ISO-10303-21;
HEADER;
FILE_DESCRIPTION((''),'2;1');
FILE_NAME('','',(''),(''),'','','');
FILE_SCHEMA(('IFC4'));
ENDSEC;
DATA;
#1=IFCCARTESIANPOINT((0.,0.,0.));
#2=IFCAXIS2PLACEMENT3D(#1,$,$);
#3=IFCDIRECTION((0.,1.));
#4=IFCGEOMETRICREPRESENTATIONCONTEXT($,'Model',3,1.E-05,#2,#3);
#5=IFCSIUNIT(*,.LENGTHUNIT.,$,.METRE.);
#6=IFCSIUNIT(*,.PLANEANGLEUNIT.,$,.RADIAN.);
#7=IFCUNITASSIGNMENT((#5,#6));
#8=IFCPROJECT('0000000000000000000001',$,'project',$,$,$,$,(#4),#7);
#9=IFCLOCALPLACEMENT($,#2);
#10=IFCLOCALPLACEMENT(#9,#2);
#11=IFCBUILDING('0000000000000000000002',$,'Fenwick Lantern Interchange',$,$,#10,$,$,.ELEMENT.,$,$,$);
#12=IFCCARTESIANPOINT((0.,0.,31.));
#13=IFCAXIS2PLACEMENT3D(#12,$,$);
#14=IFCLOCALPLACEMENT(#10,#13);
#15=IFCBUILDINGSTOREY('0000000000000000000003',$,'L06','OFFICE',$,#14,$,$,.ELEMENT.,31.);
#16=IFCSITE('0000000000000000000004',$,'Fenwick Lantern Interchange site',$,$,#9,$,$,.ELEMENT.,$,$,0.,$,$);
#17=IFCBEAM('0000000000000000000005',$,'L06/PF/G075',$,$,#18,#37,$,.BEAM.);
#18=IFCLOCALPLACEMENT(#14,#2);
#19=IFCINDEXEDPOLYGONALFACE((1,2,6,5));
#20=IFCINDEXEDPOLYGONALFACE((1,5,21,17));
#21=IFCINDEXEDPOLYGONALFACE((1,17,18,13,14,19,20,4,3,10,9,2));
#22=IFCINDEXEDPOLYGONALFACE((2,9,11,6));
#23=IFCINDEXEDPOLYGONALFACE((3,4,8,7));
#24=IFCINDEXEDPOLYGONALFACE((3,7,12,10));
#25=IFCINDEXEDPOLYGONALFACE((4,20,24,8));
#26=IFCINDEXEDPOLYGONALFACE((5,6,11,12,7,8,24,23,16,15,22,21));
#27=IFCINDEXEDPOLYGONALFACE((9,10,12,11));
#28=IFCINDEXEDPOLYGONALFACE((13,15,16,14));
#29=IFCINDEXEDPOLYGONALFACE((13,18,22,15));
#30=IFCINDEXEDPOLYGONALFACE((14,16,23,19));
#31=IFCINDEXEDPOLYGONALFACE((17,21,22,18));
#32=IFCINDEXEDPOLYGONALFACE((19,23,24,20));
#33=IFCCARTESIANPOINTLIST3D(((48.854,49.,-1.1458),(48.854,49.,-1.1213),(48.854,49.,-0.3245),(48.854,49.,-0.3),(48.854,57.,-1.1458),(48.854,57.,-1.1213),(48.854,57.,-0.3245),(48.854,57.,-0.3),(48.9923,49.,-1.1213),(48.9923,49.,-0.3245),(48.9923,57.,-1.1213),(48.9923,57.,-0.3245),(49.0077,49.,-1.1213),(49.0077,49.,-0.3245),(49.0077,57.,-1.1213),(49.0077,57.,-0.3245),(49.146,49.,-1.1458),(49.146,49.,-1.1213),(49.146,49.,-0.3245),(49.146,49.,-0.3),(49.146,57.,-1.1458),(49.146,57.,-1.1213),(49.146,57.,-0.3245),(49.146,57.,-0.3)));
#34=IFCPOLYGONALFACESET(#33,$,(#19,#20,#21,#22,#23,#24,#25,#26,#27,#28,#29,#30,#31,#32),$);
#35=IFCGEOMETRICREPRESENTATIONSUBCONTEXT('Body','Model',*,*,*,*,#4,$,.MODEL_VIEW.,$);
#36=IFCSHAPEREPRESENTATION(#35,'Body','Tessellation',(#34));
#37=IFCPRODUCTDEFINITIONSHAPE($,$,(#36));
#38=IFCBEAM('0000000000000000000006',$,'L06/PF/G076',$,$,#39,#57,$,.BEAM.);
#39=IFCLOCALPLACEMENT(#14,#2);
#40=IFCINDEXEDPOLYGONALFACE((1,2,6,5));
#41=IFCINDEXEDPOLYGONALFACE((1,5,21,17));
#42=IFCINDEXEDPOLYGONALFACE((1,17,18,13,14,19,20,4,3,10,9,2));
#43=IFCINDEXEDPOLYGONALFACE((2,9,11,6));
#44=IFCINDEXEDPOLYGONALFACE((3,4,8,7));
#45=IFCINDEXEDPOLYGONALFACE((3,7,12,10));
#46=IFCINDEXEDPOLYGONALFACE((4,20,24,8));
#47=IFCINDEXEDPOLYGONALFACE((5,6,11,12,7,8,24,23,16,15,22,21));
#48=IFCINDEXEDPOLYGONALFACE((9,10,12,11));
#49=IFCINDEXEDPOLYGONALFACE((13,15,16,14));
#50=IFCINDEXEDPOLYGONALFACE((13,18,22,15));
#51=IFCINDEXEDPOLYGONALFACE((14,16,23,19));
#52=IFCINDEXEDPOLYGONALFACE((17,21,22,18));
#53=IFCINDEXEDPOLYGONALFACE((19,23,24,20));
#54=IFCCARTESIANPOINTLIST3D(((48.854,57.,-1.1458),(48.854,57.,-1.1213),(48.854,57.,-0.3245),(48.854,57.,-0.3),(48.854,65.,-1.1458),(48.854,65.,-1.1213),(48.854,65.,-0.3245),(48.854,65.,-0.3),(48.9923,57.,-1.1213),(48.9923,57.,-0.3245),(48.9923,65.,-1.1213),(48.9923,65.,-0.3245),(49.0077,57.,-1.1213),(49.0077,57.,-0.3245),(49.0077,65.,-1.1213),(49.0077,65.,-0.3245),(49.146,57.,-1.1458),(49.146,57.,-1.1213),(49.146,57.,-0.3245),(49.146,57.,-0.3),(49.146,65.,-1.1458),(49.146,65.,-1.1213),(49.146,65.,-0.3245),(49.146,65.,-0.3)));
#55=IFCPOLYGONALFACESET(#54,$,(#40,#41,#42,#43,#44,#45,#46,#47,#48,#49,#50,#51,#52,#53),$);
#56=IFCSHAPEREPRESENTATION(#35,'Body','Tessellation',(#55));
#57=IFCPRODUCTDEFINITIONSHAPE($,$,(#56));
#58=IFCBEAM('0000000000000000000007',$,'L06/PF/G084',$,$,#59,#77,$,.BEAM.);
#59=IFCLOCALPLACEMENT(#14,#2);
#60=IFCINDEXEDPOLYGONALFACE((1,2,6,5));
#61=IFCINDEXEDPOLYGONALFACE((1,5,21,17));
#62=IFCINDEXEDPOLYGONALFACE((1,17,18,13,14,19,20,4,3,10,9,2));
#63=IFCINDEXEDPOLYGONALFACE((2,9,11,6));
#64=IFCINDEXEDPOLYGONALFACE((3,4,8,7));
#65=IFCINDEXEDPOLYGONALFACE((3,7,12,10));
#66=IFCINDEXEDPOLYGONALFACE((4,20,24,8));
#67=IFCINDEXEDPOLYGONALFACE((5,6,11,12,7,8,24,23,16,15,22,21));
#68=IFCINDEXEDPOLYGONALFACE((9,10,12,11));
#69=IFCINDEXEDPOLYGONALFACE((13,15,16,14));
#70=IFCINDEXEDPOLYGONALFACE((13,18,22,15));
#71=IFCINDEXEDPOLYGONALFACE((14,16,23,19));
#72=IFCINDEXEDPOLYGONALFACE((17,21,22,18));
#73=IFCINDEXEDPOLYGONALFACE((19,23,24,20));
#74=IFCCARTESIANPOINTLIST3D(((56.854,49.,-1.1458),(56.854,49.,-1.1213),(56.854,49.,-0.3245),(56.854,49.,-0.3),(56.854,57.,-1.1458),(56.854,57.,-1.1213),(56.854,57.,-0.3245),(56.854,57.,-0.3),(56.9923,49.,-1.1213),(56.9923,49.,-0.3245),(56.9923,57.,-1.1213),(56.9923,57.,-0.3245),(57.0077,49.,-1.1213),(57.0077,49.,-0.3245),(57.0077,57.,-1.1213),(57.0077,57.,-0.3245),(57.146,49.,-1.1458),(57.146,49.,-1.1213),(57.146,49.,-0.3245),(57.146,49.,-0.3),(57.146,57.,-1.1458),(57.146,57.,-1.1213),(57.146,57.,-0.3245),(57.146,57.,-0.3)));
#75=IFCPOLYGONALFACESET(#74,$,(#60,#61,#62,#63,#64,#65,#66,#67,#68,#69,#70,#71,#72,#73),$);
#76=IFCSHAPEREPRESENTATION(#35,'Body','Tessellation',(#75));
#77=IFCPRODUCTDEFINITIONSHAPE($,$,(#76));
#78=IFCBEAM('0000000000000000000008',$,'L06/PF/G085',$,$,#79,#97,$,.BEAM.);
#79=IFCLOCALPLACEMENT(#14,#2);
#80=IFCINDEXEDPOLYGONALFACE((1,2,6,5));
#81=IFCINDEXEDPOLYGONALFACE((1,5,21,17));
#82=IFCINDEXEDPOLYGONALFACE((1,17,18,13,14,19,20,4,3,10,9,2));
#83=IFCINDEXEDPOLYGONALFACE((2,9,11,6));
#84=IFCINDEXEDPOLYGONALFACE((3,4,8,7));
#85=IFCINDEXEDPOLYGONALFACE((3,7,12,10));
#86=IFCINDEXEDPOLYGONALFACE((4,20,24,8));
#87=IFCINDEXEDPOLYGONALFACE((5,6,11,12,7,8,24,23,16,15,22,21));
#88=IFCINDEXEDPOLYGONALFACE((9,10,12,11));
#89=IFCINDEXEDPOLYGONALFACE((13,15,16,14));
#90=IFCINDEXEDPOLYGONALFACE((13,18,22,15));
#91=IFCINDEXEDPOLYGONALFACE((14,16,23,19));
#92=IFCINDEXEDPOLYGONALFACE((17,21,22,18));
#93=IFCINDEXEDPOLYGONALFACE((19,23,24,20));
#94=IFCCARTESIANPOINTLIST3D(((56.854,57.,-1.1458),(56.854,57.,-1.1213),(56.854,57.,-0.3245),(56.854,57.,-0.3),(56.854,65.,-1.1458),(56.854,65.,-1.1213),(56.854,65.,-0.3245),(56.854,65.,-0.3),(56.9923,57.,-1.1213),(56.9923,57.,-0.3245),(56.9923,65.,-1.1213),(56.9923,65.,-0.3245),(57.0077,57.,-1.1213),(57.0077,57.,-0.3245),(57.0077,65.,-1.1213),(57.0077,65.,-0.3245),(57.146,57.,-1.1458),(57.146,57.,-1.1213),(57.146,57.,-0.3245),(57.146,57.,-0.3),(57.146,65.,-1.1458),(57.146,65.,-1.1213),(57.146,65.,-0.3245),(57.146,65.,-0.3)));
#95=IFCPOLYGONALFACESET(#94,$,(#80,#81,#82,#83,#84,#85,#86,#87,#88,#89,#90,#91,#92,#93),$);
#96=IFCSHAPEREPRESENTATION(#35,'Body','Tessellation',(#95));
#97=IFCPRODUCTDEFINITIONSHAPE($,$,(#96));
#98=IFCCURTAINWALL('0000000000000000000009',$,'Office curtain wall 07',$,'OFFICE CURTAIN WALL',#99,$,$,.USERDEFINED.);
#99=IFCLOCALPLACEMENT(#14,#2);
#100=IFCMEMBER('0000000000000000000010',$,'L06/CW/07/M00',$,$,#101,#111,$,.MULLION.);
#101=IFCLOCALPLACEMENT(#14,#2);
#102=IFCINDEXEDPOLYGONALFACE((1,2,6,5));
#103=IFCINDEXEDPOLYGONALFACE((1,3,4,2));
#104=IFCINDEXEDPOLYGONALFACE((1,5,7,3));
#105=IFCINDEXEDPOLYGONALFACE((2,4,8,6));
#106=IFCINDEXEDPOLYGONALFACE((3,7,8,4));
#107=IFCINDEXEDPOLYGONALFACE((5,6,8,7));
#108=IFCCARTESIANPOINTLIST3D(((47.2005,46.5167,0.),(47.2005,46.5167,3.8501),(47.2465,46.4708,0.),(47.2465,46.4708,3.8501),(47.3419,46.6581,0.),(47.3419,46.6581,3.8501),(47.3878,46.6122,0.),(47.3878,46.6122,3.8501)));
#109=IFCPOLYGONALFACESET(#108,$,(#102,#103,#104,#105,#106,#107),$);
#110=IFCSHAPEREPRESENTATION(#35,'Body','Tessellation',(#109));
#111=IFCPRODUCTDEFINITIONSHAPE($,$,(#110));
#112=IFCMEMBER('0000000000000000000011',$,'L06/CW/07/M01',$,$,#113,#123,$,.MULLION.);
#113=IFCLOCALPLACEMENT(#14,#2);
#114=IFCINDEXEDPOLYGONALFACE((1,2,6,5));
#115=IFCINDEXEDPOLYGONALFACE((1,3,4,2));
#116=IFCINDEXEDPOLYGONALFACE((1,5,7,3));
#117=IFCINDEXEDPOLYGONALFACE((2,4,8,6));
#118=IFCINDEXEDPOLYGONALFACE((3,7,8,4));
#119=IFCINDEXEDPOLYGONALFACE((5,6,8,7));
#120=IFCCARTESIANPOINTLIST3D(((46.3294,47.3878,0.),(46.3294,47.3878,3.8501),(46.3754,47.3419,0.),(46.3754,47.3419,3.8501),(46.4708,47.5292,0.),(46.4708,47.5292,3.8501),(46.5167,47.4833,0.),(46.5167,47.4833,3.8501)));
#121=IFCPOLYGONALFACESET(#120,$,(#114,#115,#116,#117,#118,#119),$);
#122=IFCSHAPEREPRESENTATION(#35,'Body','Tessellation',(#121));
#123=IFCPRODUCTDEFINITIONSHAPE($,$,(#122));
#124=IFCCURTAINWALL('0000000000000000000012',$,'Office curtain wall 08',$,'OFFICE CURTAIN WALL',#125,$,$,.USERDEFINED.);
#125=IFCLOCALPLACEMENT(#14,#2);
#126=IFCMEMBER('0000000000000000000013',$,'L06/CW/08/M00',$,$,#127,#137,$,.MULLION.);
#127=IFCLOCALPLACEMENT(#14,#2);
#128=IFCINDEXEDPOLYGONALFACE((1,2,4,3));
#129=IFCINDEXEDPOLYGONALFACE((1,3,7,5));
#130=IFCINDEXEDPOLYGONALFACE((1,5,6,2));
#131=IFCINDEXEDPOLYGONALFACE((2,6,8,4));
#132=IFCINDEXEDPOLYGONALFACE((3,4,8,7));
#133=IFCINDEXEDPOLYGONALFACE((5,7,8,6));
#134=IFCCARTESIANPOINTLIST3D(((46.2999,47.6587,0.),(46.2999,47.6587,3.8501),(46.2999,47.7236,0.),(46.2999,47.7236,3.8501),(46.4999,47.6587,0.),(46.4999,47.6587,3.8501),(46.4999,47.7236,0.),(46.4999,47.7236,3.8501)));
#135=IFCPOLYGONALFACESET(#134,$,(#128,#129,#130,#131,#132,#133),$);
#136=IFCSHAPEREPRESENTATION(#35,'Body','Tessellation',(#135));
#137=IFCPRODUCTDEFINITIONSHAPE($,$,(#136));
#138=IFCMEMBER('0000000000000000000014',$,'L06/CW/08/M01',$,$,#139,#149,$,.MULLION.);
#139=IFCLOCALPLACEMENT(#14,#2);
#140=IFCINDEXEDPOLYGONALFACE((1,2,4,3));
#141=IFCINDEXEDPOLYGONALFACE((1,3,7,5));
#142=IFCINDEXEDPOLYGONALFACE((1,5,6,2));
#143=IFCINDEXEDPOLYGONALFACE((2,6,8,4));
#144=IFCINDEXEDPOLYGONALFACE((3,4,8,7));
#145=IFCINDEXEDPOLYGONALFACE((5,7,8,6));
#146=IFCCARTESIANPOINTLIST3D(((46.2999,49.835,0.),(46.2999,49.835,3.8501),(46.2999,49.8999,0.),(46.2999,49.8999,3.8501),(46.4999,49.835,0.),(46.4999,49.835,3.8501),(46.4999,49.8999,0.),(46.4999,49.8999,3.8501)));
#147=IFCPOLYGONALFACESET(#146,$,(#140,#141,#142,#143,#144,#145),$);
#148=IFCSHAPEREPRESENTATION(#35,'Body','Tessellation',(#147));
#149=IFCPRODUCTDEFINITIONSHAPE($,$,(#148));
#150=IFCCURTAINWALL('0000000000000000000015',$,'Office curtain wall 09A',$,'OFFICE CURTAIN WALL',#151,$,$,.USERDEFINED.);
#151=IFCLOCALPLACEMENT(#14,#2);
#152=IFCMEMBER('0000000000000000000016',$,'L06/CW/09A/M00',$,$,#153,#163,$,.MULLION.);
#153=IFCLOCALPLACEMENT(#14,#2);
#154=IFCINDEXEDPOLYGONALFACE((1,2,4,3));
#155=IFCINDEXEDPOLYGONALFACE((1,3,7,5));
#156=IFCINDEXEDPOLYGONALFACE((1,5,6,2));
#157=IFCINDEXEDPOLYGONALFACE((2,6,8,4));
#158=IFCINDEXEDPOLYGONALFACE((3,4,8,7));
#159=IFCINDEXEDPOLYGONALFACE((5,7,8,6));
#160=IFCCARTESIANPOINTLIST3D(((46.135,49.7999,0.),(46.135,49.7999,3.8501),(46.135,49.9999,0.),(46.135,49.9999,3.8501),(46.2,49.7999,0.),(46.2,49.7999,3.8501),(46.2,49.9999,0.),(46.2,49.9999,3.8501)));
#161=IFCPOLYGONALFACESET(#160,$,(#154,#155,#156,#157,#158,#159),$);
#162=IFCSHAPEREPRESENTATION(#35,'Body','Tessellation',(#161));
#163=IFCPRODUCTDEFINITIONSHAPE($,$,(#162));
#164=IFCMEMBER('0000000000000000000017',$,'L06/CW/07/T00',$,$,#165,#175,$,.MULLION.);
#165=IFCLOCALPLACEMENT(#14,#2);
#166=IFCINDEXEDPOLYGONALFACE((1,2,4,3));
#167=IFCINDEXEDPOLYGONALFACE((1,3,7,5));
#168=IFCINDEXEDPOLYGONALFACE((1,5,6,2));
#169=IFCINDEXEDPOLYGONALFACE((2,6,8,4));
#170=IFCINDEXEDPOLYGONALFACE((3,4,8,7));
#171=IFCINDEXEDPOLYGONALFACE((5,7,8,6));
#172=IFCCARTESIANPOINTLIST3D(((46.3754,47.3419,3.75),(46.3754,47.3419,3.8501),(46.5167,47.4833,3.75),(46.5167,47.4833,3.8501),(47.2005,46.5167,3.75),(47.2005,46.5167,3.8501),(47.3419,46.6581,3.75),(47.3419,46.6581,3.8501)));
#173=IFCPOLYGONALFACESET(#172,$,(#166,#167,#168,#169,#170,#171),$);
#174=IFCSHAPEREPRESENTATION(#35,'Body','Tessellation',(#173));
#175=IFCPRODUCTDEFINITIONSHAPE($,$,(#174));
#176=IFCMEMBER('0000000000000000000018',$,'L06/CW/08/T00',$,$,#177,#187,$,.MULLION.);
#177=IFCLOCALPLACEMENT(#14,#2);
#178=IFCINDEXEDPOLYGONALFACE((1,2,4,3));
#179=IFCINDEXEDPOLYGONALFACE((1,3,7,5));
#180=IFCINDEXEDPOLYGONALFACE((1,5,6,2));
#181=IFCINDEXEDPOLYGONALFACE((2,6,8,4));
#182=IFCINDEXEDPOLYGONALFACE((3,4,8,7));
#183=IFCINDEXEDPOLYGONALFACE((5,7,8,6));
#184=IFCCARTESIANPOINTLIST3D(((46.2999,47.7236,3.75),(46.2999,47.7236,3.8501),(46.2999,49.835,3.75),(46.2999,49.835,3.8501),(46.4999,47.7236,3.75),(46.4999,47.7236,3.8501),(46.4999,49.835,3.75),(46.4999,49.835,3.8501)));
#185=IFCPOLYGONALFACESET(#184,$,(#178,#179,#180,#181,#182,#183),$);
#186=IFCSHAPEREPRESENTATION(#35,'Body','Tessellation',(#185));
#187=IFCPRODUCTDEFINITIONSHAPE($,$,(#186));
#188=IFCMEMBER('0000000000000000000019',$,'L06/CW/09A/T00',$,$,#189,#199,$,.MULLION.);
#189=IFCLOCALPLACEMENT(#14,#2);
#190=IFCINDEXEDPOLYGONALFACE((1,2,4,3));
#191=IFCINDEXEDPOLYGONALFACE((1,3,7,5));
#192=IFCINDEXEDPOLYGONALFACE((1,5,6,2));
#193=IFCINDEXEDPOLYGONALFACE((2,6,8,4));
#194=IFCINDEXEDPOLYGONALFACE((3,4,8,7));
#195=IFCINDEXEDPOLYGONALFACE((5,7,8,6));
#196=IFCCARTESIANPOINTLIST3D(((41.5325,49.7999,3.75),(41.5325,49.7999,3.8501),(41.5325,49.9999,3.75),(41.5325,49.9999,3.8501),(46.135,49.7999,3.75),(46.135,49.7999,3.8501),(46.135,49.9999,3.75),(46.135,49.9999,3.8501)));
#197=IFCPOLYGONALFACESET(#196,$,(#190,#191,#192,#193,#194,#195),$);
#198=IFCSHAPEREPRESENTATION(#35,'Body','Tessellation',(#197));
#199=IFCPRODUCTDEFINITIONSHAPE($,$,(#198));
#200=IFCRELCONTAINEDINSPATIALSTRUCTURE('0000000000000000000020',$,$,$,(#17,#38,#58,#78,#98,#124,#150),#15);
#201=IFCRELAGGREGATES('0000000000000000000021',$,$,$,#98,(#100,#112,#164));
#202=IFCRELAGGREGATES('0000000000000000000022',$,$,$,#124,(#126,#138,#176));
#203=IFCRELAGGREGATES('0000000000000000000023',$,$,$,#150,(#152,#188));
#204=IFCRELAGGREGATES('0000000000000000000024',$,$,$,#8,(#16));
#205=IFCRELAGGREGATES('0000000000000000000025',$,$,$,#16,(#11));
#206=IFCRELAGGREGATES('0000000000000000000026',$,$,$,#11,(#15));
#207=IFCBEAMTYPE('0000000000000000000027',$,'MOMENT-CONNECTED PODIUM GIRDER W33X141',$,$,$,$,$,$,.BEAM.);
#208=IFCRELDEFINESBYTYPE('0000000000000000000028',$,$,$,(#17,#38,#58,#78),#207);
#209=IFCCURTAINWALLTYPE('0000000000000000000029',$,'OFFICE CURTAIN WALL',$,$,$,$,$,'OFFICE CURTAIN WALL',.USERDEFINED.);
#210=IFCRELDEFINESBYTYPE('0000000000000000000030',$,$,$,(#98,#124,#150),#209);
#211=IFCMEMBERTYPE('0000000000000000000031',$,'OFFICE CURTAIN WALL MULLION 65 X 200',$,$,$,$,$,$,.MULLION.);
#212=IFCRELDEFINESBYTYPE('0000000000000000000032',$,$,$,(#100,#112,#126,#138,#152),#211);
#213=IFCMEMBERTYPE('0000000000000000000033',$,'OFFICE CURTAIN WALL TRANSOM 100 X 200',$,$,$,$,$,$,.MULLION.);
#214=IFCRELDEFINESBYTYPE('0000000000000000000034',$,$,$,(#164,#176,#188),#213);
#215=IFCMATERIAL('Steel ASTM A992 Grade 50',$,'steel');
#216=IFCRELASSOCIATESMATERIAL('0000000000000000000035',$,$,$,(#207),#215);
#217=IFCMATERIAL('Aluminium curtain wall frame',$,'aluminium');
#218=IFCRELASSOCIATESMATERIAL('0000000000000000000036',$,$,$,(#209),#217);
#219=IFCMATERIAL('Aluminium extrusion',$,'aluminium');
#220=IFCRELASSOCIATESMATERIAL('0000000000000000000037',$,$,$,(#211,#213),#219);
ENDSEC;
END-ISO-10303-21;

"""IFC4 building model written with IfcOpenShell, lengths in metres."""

from ifc_helpers import new_model, si_unit, direction, frame, origin, origin_2d, place, context, subcontext, project, spatial, rectangle, i_section, extrude, material, material_profile, profile_set, type_object, element, aggregate, save


model = new_model("IFC4")

# Units and contexts
model_context = context("Model", 3, precision=1e-05, world=origin(), true_north=direction((0.0, 1.0)))
body_context = subcontext(model_context, "Body", "Model", "MODEL_VIEW")
ifc_project = project(units=[si_unit("LENGTHUNIT", "METRE"), si_unit("PLANEANGLEUNIT", "RADIAN")], contexts=[model_context])

# Site, building, storey
site_placement = place(None, origin())
site = spatial("IfcSite", under=ifc_project, at=site_placement, Name="Fenwick Lantern Interchange site", CompositionType="ELEMENT", RefElevation=0.0)
building_placement = place(site_placement, origin())
building = spatial("IfcBuilding", under=site, at=building_placement, Name="Fenwick Lantern Interchange", CompositionType="ELEMENT")
storey_placement = place(building_placement, frame((0.0, 0.0, 31.0)))
storey = spatial("IfcBuildingStorey", under=building, at=storey_placement, Name="L06", Description="OFFICE", CompositionType="ELEMENT", Elevation=31.0)

# Beams
ifc_material_1 = material(Name="Steel ASTM A992 Grade 50", Category="steel")
ifc_material_profile_1 = material_profile(ifc_material_1, i_section(OverallWidth=0.292, OverallDepth=0.8457, WebThickness=0.0154, FlangeThickness=0.0244, at=origin_2d()), Name="W33X141")
ifc_profile_set_1 = profile_set([ifc_material_profile_1], Name="Steel ASTM A992 Grade 50")
beam_type_1 = type_object("IfcBeamType", Name="MOMENT-CONNECTED PODIUM GIRDER W33X141", PredefinedType="BEAM", material=ifc_profile_set_1)
for number, where, z_axis, x_axis, name in (
    (1, (49.0, 49.0, -0.7229), (0.0, 1.0, 0.0), (-1.0, 0.0, 0.0), "L06/PF/G075"),
    (2, (49.0, 57.0, -0.7229), (0.0, 1.0, 0.0), (-1.0, 0.0, 0.0), "L06/PF/G076"),
    (3, (57.0, 49.0, -0.7229), (0.0, 1.0, 0.0), (-1.0, 0.0, 0.0), "L06/PF/G084"),
    (4, (57.0, 57.0, -0.7229), (0.0, 1.0, 0.0), (-1.0, 0.0, 0.0), "L06/PF/G085"),
):
    element("IfcBeam", number, at=place(storey_placement, frame(where, z_axis=z_axis, x_axis=x_axis)), inside=storey, type_object=beam_type_1, Name=name, PredefinedType="BEAM", context=body_context, shape_type="SweptSolid", body=[
        extrude(i_section(OverallWidth=0.292, OverallDepth=0.8457, WebThickness=0.0154, FlangeThickness=0.0244, at=origin_2d()), origin(), (0.0, 0.0, 1.0), 8.0),
    ])

# Curtain walls, members
ifc_material_2 = material(Name="Aluminium curtain wall frame", Category="aluminium")
curtain_wall_type = type_object("IfcCurtainWallType", Name="OFFICE CURTAIN WALL", ElementType="OFFICE CURTAIN WALL", PredefinedType="USERDEFINED", material=ifc_material_2)
curtain_wall_1_placement = place(storey_placement, origin())
curtain_wall_1 = element("IfcCurtainWall", 5, at=curtain_wall_1_placement, inside=storey, type_object=curtain_wall_type, Name="Office curtain wall 07", ObjectType="OFFICE CURTAIN WALL", PredefinedType="USERDEFINED")
ifc_material_3 = material(Name="Aluminium extrusion", Category="aluminium")
ifc_material_profile_2 = material_profile(ifc_material_3, rectangle(XDim=0.2, YDim=0.0649, at=origin_2d()), Name="OFFICE CURTAIN WALL MULLION 65 X 200")
ifc_profile_set_2 = profile_set([ifc_material_profile_2], Name="Aluminium extrusion")
member_type_1 = type_object("IfcMemberType", Name="OFFICE CURTAIN WALL MULLION 65 X 200", PredefinedType="MULLION", material=ifc_profile_set_2)
member_1_placement = place(storey_placement, frame((47.2942, 46.5645, 0.0), z_axis=(0.0, 0.0, 1.0), x_axis=(-0.707107, -0.707107, 0.0)))
member_1 = element("IfcMember", 6, at=member_1_placement, type_object=member_type_1, Name="L06/CW/07/M00", PredefinedType="MULLION", context=body_context, shape_type="SweptSolid", body=[
    extrude(rectangle(XDim=0.2, YDim=0.0649, at=origin_2d()), origin(), (0.0, 0.0, 1.0), 3.8501),
])
member_2_placement = place(storey_placement, frame((46.4231, 47.4355, 0.0), z_axis=(0.0, 0.0, 1.0), x_axis=(-0.707107, -0.707107, 0.0)))
member_2 = element("IfcMember", 7, at=member_2_placement, type_object=member_type_1, Name="L06/CW/07/M01", PredefinedType="MULLION", context=body_context, shape_type="SweptSolid", body=[
    extrude(rectangle(XDim=0.2, YDim=0.0649, at=origin_2d()), origin(), (0.0, 0.0, 1.0), 3.8501),
])
curtain_wall_2_placement = place(storey_placement, origin())
curtain_wall_2 = element("IfcCurtainWall", 8, at=curtain_wall_2_placement, inside=storey, type_object=curtain_wall_type, Name="Office curtain wall 08", ObjectType="OFFICE CURTAIN WALL", PredefinedType="USERDEFINED")
member_3_placement = place(storey_placement, frame((46.3999, 47.6912, 0.0), z_axis=(0.0, 0.0, 1.0), x_axis=(-1.0, 0.0, 0.0)))
member_3 = element("IfcMember", 9, at=member_3_placement, type_object=member_type_1, Name="L06/CW/08/M00", PredefinedType="MULLION", context=body_context, shape_type="SweptSolid", body=[
    extrude(rectangle(XDim=0.2, YDim=0.0649, at=origin_2d()), origin(), (0.0, 0.0, 1.0), 3.8501),
])
member_4_placement = place(storey_placement, frame((46.3999, 49.8674, 0.0), z_axis=(0.0, 0.0, 1.0), x_axis=(-1.0, 0.0, 0.0)))
member_4 = element("IfcMember", 10, at=member_4_placement, type_object=member_type_1, Name="L06/CW/08/M01", PredefinedType="MULLION", context=body_context, shape_type="SweptSolid", body=[
    extrude(rectangle(XDim=0.2, YDim=0.0649, at=origin_2d()), origin(), (0.0, 0.0, 1.0), 3.8501),
])

# Curtain wall, member
curtain_wall_3_placement = place(storey_placement, origin())
curtain_wall_3 = element("IfcCurtainWall", 11, at=curtain_wall_3_placement, inside=storey, type_object=curtain_wall_type, Name="Office curtain wall 09A", ObjectType="OFFICE CURTAIN WALL", PredefinedType="USERDEFINED")
member_5_placement = place(storey_placement, frame((46.1675, 49.8999, 0.0), z_axis=(0.0, 0.0, 1.0), x_axis=(0.0, -1.0, 0.0)))
member_5 = element("IfcMember", 12, at=member_5_placement, type_object=member_type_1, Name="L06/CW/09A/M00", PredefinedType="MULLION", context=body_context, shape_type="SweptSolid", body=[
    extrude(rectangle(XDim=0.2, YDim=0.0649, at=origin_2d()), origin(), (0.0, 0.0, 1.0), 3.8501),
])

# Members
ifc_material_profile_3 = material_profile(ifc_material_3, rectangle(XDim=0.2, YDim=0.1001, at=origin_2d()), Name="OFFICE CURTAIN WALL TRANSOM 100 X 200")
ifc_profile_set_3 = profile_set([ifc_material_profile_3], Name="Aluminium extrusion")
member_type_2 = type_object("IfcMemberType", Name="OFFICE CURTAIN WALL TRANSOM 100 X 200", PredefinedType="MULLION", material=ifc_profile_set_3)
member_6_placement = place(storey_placement, frame((47.2712, 46.5874, 3.8), z_axis=(-0.707107, 0.707107, 0.0), x_axis=(-0.707107, -0.707107, 0.0)))
member_6 = element("IfcMember", 13, at=member_6_placement, type_object=member_type_2, Name="L06/CW/07/T00", PredefinedType="MULLION", context=body_context, shape_type="SweptSolid", body=[
    extrude(rectangle(XDim=0.2, YDim=0.1001, at=origin_2d()), origin(), (0.0, 0.0, 1.0), 1.167),
])
member_7_placement = place(storey_placement, frame((46.3999, 47.7236, 3.8), z_axis=(0.0, 1.0, 0.0), x_axis=(-1.0, 0.0, 0.0)))
member_7 = element("IfcMember", 14, at=member_7_placement, type_object=member_type_2, Name="L06/CW/08/T00", PredefinedType="MULLION", context=body_context, shape_type="SweptSolid", body=[
    extrude(rectangle(XDim=0.2, YDim=0.1001, at=origin_2d()), origin(), (0.0, 0.0, 1.0), 2.1113),
])
member_8_placement = place(storey_placement, frame((46.135, 49.8999, 3.8), z_axis=(-1.0, 0.0, 0.0), x_axis=(0.0, -1.0, 0.0)))
member_8 = element("IfcMember", 15, at=member_8_placement, type_object=member_type_2, Name="L06/CW/09A/T00", PredefinedType="MULLION", context=body_context, shape_type="SweptSolid", body=[
    extrude(rectangle(XDim=0.2, YDim=0.1001, at=origin_2d()), origin(), (0.0, 0.0, 1.0), 4.6025),
])

aggregate(curtain_wall_1, [member_1, member_2, member_6])
aggregate(curtain_wall_2, [member_3, member_4, member_7])
aggregate(curtain_wall_3, [member_5, member_8])

save(model, "model.ifc")
